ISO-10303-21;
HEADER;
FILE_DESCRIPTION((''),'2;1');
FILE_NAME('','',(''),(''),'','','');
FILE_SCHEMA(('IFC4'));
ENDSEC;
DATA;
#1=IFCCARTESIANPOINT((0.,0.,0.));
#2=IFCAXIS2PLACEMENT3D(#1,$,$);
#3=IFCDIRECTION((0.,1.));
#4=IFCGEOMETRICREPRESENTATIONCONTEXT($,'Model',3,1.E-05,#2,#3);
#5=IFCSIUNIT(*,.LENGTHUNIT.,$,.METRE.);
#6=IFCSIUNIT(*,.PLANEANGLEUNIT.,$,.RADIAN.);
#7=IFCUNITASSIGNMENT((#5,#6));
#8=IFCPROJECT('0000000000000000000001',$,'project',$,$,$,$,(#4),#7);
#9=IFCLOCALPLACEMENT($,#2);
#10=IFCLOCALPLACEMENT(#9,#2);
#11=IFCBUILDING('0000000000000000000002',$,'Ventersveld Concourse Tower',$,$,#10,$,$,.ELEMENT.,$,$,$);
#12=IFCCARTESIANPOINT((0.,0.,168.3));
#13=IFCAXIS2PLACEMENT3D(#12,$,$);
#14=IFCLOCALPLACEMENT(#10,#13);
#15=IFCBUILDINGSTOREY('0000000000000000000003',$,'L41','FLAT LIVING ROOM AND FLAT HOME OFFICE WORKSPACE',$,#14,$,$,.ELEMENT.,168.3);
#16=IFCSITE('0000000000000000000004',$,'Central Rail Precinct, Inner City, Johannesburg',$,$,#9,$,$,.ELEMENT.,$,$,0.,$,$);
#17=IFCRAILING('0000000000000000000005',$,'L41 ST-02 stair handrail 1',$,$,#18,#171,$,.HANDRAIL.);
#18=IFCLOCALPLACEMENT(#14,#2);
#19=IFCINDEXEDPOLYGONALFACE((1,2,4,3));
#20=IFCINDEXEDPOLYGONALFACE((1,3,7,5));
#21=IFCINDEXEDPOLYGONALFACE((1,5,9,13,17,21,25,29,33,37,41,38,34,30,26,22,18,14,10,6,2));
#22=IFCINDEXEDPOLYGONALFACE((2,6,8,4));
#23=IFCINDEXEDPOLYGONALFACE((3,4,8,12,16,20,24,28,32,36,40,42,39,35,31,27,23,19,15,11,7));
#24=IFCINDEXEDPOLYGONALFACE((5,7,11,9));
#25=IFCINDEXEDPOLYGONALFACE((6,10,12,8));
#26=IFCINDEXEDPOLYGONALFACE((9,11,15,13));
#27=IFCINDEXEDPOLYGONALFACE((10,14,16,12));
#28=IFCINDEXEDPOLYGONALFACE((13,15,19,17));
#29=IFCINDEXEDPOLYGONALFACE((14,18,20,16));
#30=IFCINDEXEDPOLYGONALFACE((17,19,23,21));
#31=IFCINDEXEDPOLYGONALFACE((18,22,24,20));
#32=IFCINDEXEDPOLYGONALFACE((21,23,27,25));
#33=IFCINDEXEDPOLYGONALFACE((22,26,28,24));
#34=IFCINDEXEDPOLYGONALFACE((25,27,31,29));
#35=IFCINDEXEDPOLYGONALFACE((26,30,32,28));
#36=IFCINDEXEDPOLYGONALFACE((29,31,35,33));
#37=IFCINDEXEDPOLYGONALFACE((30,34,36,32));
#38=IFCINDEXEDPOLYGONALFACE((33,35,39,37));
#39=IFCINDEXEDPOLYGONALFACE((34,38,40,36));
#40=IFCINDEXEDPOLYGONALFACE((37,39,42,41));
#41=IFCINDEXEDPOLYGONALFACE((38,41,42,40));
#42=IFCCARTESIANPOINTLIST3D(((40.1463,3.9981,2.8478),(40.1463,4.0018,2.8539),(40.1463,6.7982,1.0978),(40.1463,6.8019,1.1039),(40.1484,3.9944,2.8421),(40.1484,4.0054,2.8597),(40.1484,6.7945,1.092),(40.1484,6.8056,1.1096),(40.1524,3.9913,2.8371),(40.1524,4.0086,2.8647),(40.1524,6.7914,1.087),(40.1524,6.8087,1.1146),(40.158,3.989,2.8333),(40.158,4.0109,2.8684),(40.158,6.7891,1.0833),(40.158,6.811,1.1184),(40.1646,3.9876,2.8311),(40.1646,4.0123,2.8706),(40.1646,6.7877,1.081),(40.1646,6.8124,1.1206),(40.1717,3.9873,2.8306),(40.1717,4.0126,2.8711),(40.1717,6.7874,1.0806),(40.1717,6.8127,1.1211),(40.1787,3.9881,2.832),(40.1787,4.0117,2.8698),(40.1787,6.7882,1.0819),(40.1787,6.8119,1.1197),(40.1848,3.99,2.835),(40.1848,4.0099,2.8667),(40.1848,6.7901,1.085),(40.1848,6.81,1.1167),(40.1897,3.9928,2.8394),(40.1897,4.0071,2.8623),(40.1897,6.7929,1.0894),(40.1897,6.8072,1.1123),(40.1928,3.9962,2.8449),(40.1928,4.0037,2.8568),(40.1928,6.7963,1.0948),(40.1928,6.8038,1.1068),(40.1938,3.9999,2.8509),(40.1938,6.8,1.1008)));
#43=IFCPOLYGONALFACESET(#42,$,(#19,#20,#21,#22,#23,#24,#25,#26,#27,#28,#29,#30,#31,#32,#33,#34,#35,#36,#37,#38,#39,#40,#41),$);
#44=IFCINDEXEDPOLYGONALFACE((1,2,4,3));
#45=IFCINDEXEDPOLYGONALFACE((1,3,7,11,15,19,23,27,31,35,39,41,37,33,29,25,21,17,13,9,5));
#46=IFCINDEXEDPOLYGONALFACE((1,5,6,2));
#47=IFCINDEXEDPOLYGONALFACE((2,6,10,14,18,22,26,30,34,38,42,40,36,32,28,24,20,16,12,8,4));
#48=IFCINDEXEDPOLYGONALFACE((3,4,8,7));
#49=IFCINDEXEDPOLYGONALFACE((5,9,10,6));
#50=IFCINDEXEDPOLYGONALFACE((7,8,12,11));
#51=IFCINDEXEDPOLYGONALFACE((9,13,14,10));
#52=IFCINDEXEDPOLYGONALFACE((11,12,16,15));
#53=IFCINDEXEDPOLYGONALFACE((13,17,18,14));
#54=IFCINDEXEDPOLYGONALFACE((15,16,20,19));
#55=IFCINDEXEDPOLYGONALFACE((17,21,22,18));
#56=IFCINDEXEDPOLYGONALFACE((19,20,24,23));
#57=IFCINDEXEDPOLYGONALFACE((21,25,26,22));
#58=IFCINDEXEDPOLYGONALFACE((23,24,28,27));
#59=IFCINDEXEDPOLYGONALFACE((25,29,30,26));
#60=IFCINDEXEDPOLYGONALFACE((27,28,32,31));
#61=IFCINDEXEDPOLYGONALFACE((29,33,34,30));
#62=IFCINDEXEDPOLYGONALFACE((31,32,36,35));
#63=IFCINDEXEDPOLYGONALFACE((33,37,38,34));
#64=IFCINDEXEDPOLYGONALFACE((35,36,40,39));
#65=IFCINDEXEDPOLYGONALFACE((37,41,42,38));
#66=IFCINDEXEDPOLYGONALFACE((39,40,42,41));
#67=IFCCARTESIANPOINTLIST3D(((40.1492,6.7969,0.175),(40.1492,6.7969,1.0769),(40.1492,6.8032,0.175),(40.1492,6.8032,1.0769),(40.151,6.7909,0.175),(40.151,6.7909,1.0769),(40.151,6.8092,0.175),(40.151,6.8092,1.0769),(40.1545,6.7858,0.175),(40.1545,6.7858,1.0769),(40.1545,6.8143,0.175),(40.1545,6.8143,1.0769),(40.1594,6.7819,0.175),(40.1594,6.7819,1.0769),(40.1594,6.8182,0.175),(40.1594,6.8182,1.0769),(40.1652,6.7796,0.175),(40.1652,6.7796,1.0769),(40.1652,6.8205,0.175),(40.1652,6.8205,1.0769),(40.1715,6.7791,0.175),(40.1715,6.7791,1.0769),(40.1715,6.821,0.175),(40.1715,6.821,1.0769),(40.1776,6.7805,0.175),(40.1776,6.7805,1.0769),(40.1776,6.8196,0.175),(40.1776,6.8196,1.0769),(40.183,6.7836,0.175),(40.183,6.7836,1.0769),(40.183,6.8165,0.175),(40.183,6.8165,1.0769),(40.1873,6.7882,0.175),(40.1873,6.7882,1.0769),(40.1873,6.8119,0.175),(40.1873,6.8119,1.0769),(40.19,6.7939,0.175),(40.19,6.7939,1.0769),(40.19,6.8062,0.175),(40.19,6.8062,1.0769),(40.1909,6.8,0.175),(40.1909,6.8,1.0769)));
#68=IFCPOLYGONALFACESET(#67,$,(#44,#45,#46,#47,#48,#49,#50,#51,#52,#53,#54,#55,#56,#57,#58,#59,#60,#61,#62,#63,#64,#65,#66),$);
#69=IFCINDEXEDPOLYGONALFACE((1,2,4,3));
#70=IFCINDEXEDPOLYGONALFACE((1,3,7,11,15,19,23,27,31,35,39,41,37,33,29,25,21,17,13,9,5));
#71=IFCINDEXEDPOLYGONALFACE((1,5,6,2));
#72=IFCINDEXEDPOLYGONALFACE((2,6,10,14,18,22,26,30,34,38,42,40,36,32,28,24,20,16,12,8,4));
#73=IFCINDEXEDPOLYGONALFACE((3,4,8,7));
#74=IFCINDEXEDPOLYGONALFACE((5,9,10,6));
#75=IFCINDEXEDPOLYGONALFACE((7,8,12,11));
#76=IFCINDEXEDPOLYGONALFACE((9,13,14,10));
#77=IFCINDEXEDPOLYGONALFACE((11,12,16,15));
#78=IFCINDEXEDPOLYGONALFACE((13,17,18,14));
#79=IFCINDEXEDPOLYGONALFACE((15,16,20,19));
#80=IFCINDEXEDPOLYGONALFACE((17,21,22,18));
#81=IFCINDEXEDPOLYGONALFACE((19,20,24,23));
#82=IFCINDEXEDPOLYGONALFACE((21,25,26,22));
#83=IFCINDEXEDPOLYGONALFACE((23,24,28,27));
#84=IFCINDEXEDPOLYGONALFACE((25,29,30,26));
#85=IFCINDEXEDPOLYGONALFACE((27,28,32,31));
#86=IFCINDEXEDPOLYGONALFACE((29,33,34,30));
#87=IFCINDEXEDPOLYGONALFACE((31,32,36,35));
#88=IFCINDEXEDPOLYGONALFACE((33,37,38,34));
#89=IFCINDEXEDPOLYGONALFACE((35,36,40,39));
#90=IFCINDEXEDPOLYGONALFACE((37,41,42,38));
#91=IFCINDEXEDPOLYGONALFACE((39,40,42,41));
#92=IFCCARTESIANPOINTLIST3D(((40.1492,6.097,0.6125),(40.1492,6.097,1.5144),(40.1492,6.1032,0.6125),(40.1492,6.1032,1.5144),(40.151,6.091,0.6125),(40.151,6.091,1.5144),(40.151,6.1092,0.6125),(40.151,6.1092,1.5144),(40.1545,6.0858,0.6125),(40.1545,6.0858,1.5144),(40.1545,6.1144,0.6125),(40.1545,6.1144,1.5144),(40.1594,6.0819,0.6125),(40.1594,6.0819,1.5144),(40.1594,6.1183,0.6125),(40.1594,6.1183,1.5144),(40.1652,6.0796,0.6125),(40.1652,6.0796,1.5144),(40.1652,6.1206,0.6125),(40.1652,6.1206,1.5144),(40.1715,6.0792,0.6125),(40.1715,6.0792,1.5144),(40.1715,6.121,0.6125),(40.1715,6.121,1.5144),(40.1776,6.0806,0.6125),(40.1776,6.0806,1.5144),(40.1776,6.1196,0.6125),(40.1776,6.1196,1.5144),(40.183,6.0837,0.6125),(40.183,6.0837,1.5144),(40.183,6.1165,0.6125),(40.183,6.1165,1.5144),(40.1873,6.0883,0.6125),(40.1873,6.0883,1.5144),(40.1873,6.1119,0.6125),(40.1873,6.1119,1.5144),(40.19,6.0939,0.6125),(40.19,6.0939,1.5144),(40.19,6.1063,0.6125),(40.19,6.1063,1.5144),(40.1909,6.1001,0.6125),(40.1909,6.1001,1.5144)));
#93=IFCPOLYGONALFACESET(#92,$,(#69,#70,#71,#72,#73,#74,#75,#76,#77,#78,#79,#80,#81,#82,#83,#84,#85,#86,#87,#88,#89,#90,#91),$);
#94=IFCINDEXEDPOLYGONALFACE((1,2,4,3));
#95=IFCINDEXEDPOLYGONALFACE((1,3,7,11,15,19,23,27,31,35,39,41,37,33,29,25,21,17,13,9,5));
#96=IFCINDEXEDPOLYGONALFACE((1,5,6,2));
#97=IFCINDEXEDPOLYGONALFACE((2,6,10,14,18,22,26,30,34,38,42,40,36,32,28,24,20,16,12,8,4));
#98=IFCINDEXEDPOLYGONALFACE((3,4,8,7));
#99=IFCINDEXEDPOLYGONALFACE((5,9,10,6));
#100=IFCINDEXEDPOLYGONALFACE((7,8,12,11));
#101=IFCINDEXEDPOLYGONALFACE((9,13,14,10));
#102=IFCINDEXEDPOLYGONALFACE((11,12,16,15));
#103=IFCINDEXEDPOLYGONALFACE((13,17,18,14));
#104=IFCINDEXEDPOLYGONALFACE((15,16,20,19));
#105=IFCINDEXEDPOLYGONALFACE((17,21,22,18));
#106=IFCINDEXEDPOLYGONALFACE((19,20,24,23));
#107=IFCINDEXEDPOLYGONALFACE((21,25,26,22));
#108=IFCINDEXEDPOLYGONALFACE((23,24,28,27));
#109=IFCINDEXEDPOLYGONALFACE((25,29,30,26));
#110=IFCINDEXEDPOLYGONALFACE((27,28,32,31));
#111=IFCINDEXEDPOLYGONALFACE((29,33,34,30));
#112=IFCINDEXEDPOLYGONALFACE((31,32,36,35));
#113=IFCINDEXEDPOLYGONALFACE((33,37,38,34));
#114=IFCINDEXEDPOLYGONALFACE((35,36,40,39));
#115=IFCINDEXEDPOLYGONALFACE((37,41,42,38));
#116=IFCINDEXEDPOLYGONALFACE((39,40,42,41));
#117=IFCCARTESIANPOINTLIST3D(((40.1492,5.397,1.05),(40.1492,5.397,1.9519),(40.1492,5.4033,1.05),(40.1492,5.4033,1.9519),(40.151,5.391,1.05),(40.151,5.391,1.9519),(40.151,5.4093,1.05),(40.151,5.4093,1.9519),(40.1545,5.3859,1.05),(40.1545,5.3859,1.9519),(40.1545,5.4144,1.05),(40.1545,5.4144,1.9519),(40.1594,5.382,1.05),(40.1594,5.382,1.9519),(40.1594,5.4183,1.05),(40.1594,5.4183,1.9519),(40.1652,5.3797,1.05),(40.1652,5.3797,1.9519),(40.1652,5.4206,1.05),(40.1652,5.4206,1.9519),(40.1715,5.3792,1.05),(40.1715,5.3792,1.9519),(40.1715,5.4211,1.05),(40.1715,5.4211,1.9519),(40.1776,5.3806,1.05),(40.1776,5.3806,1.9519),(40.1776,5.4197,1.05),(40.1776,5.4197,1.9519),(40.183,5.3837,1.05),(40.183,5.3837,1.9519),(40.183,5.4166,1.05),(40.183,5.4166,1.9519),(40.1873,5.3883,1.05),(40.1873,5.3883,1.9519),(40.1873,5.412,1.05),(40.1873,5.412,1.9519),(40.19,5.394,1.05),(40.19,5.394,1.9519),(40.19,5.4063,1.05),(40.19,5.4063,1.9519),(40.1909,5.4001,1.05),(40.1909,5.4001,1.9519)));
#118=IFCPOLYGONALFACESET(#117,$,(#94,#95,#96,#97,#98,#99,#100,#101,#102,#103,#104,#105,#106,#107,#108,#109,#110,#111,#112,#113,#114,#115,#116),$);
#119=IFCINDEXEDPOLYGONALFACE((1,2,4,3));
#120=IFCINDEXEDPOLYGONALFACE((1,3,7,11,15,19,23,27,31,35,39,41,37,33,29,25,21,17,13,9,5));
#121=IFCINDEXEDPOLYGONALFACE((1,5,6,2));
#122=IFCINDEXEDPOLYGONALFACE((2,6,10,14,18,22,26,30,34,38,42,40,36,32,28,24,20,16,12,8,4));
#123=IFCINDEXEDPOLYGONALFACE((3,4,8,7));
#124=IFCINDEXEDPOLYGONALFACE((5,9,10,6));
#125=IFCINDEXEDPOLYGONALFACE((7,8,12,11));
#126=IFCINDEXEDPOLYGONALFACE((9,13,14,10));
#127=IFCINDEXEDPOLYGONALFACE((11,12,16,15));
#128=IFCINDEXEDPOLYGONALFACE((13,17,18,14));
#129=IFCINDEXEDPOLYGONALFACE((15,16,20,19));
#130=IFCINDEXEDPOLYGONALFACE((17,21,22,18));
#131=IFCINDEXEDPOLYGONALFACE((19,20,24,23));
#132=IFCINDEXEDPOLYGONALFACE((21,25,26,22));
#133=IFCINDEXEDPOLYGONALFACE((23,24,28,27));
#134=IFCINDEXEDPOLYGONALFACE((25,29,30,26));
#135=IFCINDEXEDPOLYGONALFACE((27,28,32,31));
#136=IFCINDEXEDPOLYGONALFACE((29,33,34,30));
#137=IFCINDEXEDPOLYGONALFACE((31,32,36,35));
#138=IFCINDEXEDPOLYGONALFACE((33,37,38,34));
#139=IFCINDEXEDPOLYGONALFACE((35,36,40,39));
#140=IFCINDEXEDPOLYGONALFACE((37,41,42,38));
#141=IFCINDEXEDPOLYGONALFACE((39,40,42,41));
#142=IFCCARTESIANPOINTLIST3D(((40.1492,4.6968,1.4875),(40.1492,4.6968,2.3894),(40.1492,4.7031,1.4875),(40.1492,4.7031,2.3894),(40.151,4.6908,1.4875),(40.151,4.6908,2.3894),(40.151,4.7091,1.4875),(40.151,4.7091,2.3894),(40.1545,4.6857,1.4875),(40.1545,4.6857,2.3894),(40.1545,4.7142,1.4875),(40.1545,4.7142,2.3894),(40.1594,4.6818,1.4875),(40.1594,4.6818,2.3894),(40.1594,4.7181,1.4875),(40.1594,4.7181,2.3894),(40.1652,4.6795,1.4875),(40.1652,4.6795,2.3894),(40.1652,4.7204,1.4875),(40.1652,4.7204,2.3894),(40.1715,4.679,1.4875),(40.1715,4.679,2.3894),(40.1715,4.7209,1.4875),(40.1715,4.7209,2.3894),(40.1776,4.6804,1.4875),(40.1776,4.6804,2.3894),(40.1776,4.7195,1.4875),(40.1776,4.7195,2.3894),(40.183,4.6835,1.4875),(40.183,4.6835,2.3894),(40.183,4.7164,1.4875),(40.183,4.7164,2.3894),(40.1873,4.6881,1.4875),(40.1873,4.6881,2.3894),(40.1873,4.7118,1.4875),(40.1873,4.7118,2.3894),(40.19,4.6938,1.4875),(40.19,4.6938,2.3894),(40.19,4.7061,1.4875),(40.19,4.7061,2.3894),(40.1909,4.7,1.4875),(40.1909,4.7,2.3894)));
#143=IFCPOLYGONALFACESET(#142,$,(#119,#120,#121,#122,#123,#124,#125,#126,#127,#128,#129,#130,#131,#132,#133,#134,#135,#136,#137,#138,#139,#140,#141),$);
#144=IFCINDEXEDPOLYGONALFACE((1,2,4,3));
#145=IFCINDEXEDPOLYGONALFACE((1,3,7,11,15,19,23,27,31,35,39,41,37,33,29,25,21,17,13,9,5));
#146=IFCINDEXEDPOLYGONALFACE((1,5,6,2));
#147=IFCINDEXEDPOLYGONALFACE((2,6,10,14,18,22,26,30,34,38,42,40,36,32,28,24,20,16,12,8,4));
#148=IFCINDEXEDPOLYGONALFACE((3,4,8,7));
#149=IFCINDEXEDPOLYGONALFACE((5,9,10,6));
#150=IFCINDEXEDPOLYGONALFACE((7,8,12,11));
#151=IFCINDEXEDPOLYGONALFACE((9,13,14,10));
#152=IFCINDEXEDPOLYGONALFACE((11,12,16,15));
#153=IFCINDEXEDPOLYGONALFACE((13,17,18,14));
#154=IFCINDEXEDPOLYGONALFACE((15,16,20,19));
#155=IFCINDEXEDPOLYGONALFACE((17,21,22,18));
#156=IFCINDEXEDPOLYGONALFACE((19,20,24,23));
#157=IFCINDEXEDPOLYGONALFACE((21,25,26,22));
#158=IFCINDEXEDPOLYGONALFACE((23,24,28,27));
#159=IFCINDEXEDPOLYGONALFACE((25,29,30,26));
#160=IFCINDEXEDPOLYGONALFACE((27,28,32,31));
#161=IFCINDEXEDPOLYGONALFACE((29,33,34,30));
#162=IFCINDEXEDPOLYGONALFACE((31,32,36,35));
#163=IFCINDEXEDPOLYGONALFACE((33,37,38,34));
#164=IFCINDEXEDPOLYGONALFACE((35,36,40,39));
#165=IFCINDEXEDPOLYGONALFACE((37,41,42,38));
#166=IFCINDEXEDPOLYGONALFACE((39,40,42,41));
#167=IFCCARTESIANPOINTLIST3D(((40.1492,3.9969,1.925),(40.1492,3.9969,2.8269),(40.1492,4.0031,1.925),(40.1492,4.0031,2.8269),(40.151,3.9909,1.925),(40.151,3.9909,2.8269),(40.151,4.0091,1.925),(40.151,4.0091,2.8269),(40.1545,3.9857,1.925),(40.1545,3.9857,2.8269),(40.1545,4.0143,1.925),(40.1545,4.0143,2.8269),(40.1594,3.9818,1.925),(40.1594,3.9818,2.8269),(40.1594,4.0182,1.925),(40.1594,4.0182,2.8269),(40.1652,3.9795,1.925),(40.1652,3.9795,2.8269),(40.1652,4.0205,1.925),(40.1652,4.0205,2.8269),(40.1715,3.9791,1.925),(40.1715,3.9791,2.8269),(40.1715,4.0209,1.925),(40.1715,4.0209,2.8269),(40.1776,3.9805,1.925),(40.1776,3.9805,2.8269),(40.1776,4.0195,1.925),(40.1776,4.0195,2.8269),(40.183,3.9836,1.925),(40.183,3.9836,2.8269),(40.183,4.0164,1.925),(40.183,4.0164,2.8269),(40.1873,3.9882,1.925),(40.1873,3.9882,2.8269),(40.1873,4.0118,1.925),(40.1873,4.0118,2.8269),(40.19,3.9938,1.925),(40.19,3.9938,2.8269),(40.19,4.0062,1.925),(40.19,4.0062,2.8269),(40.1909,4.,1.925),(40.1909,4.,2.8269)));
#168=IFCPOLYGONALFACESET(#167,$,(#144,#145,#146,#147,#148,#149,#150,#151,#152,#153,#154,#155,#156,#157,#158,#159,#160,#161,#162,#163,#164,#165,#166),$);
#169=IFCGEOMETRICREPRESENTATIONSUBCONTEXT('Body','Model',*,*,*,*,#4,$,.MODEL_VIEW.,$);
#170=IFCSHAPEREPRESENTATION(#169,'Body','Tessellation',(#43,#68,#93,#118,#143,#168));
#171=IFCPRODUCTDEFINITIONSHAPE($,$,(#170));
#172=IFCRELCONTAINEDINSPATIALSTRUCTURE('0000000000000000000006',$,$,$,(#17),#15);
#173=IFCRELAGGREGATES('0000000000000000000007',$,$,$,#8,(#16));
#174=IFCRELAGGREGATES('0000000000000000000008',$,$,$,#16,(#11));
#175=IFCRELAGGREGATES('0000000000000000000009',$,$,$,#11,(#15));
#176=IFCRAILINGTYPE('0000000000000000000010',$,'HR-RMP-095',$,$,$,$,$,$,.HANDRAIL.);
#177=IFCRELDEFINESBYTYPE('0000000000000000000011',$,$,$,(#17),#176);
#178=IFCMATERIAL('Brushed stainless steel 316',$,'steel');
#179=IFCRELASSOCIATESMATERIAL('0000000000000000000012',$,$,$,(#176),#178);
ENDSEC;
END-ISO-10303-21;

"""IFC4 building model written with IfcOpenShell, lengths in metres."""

from ifc_helpers import new_model, si_unit, direction, frame, origin, origin_2d, place, context, subcontext, project, spatial, circle, extrude, material, type_object, element, save


model = new_model("IFC4")

# Units and contexts
model_context = context("Model", 3, precision=1e-05, world=origin(), true_north=direction((0.0, 1.0)))
body_context = subcontext(model_context, "Body", "Model", "MODEL_VIEW")
ifc_project = project(units=[si_unit("LENGTHUNIT", "METRE"), si_unit("PLANEANGLEUNIT", "RADIAN")], contexts=[model_context])

# Site, building, storey
site_placement = place(None, origin())
site = spatial("IfcSite", under=ifc_project, at=site_placement, Name="Central Rail Precinct, Inner City, Johannesburg", CompositionType="ELEMENT", RefElevation=0.0)
building_placement = place(site_placement, origin())
building = spatial("IfcBuilding", under=site, at=building_placement, Name="Ventersveld Concourse Tower", CompositionType="ELEMENT")
storey_placement = place(building_placement, frame((0.0, 0.0, 168.3)))
storey = spatial("IfcBuildingStorey", under=building, at=storey_placement, Name="L41", Description="FLAT LIVING ROOM AND FLAT HOME OFFICE WORKSPACE", CompositionType="ELEMENT", Elevation=168.3)

# Shared definitions
ifc_material_1 = material(Name="Brushed stainless steel 316", Category="steel")

# Railing
railing_type_1 = type_object("IfcRailingType", Name="HR-RMP-095", PredefinedType="HANDRAIL", material=ifc_material_1)
railing_1_placement = place(storey_placement, frame((40.1699, 6.8, 0.175)))
element("IfcRailing", 1, at=railing_1_placement, inside=storey, type_object=railing_type_1, Name="L41 ST-02 stair handrail 1", PredefinedType="HANDRAIL", context=body_context, shape_type="SweptSolid", body=[
    extrude(circle(Radius=0.0239, at=origin_2d()), frame((0.0, 0.0, 0.9258), z_axis=(0.0, -0.848002, 0.529992), x_axis=(1.0, 0.0, 0.0)), (0.0, 0.0, 1.0), 3.302),
    extrude(circle(Radius=0.021, at=origin_2d()), origin(), (0.0, 0.0, 1.0), 0.9019),
    extrude(circle(Radius=0.021, at=origin_2d()), frame((0.0, -0.7, 0.4375)), (0.0, 0.0, 1.0), 0.9019),
    extrude(circle(Radius=0.021, at=origin_2d()), frame((0.0, -1.3999, 0.875)), (0.0, 0.0, 1.0), 0.9019),
    extrude(circle(Radius=0.021, at=origin_2d()), frame((0.0, -2.1001, 1.3125)), (0.0, 0.0, 1.0), 0.9019),
    extrude(circle(Radius=0.021, at=origin_2d()), frame((0.0, -2.8, 1.75)), (0.0, 0.0, 1.0), 0.9019),
])

save(model, "model.ifc")
